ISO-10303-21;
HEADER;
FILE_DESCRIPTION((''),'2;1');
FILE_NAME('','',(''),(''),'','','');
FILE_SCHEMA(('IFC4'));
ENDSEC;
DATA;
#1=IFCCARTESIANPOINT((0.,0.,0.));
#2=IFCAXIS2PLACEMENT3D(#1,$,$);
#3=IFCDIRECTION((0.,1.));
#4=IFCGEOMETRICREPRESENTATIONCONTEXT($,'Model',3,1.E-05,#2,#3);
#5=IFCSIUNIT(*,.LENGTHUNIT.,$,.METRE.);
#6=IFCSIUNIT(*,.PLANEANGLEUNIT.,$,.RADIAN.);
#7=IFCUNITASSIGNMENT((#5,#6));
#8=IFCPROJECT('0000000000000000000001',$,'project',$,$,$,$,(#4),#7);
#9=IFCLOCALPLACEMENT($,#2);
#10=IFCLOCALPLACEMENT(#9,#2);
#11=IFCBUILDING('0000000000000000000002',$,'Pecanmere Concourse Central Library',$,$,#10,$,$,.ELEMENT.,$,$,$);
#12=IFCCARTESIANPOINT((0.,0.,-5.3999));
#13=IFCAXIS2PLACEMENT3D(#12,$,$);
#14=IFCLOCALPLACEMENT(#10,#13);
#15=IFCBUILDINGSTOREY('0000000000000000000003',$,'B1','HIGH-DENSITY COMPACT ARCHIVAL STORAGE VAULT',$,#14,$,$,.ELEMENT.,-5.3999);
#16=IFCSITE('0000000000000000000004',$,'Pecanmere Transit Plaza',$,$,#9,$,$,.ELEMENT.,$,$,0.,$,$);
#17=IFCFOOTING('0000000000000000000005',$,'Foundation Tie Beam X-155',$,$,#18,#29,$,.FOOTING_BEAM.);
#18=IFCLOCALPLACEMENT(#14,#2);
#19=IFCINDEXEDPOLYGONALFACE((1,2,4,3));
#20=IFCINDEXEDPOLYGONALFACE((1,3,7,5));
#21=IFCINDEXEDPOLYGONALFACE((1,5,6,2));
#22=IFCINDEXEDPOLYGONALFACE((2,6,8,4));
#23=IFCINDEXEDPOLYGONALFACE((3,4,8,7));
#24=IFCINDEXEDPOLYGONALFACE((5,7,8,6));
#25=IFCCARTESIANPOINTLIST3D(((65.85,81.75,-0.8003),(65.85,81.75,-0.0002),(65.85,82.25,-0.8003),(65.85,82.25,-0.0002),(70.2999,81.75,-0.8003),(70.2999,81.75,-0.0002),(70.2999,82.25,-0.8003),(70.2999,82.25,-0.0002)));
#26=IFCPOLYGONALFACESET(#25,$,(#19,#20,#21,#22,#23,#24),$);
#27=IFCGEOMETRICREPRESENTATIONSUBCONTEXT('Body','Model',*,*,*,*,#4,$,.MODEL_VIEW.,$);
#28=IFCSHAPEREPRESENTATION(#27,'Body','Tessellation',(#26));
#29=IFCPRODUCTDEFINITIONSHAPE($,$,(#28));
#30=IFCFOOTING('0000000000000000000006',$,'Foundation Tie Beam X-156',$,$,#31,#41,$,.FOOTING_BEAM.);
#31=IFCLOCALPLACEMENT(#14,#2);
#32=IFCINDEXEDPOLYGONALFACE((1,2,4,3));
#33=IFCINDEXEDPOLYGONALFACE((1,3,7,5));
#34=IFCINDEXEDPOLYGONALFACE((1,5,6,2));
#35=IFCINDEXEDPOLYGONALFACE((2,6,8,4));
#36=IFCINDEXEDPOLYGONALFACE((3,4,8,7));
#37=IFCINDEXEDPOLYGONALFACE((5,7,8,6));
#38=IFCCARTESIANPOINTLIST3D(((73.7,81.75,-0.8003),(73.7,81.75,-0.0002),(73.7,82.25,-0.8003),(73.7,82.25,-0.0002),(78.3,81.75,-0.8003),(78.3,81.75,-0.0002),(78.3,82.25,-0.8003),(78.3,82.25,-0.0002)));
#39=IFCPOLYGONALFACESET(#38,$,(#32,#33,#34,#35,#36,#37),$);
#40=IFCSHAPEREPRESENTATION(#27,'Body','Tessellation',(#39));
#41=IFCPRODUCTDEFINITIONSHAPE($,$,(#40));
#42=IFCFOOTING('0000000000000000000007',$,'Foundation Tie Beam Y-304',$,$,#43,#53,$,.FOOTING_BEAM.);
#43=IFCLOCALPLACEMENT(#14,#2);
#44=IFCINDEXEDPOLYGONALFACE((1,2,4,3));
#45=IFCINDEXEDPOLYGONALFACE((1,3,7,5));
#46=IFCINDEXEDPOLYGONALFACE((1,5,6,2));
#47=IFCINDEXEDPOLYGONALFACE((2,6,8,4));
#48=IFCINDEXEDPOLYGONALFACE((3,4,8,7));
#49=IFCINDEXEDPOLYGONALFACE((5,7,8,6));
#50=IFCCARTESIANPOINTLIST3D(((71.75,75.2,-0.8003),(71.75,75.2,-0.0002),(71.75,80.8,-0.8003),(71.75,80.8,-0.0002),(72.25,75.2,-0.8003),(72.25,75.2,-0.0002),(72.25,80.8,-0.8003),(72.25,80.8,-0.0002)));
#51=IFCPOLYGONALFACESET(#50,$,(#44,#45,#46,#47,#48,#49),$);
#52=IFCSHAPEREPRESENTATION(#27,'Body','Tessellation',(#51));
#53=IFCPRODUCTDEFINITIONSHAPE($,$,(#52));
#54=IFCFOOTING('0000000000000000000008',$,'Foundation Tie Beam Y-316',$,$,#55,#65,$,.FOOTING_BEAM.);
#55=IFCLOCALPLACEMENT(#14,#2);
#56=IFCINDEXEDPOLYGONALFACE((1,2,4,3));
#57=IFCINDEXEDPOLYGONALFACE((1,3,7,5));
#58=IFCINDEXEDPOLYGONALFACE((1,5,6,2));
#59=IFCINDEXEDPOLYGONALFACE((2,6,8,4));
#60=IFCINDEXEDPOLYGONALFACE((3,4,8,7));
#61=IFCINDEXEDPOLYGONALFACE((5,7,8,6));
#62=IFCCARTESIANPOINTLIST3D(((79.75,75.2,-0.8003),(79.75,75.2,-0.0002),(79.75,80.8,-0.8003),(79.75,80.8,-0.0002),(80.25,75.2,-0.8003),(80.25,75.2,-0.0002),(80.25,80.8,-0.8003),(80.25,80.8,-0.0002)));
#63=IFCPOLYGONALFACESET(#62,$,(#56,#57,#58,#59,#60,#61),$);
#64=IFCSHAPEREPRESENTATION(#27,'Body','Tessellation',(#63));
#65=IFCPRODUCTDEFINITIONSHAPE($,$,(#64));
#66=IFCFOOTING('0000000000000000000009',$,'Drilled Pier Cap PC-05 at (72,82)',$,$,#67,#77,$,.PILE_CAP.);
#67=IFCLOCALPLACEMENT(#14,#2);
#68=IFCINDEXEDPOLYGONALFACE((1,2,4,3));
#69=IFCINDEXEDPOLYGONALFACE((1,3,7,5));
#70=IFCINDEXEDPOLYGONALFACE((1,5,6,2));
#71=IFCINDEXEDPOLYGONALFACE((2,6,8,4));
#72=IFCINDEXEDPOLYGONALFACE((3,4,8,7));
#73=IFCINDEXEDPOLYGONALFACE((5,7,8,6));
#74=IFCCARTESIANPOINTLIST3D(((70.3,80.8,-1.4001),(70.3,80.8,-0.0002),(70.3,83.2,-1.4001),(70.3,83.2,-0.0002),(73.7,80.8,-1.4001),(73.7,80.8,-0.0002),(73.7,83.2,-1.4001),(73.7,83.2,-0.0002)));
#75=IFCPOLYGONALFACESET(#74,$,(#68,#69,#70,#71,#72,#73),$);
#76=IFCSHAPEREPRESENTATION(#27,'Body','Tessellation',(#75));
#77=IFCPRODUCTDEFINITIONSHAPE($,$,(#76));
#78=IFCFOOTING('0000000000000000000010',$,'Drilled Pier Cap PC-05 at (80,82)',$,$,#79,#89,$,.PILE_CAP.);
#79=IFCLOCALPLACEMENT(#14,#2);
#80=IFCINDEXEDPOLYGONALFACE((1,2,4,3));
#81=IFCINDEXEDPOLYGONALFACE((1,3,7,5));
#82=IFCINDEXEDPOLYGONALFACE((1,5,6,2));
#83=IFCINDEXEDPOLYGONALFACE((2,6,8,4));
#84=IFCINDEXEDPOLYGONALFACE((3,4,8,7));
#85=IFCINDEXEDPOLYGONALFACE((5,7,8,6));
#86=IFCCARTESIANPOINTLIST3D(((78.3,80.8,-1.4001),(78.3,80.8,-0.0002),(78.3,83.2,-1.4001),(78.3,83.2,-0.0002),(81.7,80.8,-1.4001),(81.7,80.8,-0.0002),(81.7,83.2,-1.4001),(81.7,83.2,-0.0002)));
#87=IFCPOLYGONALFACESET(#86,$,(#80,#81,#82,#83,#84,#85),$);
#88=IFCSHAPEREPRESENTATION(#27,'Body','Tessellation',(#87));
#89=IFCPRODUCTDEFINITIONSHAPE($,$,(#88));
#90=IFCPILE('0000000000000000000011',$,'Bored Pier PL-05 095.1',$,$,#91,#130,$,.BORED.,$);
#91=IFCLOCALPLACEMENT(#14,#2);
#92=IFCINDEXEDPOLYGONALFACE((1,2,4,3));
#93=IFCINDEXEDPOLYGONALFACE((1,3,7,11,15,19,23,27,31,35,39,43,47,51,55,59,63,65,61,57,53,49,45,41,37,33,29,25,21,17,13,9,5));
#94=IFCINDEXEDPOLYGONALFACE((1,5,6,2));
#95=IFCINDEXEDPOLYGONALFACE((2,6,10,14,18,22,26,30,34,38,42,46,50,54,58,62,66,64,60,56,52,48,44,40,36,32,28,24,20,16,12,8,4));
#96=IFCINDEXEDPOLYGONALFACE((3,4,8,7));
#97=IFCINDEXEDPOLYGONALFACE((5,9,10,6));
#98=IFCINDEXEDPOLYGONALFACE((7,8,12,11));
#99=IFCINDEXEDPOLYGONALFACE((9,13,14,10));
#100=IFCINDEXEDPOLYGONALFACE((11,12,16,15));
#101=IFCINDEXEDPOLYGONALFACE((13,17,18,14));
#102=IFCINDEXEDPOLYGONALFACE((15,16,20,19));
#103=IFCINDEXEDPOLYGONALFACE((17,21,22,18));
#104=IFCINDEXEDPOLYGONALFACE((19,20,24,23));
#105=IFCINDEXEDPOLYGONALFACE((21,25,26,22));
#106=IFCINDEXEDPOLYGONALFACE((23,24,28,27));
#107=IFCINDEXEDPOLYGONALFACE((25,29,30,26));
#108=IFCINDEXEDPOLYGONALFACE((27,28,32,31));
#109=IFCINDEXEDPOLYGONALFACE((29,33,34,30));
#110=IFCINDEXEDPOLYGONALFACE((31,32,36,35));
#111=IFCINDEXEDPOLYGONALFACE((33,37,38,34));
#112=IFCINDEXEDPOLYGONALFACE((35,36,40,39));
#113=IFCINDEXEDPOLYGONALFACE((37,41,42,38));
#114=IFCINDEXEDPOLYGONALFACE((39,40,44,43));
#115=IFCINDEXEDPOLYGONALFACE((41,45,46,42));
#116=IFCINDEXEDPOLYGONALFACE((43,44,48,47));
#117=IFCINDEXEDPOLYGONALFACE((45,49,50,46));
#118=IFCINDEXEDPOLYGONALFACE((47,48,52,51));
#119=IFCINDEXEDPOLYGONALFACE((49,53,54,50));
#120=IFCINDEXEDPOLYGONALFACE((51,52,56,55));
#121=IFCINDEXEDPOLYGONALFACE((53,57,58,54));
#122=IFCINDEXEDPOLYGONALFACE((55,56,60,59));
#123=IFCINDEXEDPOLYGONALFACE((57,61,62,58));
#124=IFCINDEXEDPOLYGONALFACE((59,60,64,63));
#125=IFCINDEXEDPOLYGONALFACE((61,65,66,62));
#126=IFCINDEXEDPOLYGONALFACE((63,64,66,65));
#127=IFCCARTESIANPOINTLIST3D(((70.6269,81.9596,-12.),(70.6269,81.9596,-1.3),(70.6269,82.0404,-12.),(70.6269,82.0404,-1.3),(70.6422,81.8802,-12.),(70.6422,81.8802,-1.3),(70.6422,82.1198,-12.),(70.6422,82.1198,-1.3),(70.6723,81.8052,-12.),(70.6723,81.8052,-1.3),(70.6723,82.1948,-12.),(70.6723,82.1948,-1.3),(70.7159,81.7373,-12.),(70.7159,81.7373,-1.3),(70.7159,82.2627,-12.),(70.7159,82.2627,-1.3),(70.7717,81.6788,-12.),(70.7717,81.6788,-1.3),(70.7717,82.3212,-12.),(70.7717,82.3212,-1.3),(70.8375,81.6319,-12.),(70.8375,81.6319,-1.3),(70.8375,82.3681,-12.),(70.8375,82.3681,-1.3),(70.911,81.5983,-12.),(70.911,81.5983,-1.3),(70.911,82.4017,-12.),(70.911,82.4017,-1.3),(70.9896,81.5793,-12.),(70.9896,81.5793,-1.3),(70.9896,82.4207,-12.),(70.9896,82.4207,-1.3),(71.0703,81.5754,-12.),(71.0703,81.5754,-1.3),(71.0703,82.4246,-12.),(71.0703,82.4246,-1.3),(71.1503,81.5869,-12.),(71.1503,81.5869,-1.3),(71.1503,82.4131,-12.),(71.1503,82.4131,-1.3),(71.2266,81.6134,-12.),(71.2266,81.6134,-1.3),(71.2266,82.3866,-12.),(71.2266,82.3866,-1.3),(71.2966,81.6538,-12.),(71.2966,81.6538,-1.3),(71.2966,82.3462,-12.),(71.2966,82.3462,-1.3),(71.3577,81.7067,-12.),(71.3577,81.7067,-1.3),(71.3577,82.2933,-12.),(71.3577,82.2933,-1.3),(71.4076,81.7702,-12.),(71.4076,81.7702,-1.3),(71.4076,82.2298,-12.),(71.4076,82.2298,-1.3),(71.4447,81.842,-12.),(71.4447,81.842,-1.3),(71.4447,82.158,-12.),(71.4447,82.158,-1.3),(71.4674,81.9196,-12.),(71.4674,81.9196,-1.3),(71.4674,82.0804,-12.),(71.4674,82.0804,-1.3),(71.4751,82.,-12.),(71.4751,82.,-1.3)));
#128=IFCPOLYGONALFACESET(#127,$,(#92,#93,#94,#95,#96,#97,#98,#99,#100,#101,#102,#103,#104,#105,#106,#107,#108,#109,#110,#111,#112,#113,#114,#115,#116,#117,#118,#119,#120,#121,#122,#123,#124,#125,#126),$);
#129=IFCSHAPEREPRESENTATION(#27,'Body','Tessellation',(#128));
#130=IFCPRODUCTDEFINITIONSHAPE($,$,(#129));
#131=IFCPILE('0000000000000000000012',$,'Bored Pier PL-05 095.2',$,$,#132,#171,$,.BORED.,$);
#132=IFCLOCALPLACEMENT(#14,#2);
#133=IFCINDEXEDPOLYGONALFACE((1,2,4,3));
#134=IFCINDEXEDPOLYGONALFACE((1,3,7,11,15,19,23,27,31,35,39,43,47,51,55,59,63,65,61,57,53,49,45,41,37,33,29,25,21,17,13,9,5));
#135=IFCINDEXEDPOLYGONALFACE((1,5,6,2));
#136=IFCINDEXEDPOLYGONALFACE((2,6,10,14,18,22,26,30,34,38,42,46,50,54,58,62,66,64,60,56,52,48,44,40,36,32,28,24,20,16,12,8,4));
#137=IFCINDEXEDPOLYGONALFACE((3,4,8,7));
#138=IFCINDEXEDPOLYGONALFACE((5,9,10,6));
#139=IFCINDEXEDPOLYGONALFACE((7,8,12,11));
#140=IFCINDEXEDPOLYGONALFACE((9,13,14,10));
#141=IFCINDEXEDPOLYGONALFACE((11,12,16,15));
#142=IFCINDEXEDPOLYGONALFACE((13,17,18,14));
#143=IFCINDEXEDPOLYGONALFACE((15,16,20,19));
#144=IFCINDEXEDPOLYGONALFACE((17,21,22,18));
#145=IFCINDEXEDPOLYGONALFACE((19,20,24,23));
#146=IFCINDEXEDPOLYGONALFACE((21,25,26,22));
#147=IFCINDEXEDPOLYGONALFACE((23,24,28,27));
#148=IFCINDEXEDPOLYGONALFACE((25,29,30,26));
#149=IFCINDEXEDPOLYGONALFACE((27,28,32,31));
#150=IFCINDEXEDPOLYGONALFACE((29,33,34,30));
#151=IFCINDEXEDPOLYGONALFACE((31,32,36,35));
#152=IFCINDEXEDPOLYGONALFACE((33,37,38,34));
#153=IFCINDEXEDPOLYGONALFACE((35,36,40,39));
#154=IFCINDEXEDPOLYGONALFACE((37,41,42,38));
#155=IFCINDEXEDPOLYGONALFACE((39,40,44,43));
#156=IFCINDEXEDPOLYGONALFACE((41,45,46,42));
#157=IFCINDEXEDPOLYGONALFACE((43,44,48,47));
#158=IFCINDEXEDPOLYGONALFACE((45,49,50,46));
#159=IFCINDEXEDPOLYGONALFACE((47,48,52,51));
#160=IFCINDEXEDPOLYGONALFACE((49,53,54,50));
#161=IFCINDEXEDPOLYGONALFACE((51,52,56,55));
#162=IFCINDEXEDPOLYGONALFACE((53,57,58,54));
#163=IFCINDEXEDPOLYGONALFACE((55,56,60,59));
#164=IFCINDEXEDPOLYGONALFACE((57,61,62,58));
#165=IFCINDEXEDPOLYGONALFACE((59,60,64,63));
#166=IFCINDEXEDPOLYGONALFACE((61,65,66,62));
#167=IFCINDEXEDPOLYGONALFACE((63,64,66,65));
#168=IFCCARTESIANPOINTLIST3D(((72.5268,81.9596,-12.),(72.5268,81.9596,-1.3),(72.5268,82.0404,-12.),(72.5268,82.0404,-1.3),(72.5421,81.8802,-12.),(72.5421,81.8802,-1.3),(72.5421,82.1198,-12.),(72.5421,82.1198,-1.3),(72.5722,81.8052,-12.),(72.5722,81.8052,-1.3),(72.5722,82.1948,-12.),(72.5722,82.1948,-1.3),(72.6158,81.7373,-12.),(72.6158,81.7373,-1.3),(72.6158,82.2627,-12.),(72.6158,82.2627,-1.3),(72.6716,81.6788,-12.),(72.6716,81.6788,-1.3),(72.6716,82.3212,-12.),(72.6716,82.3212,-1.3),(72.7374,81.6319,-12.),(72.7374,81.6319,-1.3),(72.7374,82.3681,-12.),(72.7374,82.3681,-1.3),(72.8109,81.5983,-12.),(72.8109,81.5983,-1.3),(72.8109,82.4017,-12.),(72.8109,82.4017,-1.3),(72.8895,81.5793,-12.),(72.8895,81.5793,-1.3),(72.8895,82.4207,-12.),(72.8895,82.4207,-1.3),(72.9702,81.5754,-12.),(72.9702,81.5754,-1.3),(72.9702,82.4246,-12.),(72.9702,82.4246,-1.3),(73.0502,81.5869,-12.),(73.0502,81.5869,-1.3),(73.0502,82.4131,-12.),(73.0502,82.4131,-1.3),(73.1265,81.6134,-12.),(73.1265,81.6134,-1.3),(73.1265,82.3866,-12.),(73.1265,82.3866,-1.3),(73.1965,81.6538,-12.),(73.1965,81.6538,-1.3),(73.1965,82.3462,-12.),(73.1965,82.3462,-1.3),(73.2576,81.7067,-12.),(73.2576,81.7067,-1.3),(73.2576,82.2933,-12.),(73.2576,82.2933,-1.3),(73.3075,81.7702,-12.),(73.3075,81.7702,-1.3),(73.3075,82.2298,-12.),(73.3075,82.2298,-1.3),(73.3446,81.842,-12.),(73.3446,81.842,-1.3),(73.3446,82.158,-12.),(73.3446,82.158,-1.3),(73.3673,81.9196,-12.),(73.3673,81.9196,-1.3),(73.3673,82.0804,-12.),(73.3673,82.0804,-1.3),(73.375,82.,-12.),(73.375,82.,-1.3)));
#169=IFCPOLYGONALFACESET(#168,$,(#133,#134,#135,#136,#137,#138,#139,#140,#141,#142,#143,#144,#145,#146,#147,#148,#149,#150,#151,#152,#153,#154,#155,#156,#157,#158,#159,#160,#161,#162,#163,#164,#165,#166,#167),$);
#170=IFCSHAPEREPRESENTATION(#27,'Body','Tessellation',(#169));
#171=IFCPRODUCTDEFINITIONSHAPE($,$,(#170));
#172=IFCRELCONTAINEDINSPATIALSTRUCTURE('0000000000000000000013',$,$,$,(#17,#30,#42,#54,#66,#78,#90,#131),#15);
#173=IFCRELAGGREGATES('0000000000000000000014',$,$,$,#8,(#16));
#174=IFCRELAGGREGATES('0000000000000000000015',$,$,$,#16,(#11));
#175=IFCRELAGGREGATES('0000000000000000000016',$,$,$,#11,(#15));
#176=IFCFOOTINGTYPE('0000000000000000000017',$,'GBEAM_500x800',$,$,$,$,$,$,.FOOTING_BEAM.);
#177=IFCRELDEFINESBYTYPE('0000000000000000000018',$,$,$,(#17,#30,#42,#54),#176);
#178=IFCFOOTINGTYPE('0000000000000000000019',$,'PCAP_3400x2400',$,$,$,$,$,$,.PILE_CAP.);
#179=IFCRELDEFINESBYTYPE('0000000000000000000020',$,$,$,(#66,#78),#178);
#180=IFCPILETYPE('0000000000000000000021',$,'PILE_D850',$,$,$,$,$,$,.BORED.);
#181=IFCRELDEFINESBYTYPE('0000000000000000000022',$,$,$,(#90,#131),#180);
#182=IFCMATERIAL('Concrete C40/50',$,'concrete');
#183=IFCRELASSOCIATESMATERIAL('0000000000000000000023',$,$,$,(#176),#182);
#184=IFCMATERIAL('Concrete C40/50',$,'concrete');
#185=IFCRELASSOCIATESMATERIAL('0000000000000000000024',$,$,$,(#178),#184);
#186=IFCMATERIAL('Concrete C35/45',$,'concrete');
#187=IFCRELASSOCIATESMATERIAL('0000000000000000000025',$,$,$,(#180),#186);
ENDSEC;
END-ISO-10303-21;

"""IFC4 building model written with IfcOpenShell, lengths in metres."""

from ifc_helpers import new_model, si_unit, direction, frame, origin, origin_2d, place, context, subcontext, project, spatial, rectangle, circle, extrude, material, material_profile, profile_set, type_object, element, save


model = new_model("IFC4")

# Units and contexts
model_context = context("Model", 3, precision=1e-05, world=origin(), true_north=direction((0.0, 1.0)))
body_context = subcontext(model_context, "Body", "Model", "MODEL_VIEW")
ifc_project = project(units=[si_unit("LENGTHUNIT", "METRE"), si_unit("PLANEANGLEUNIT", "RADIAN")], contexts=[model_context])

# Site, building, storey
site_placement = place(None, origin())
site = spatial("IfcSite", under=ifc_project, at=site_placement, Name="Pecanmere Transit Plaza", CompositionType="ELEMENT", RefElevation=0.0)
building_placement = place(site_placement, origin())
building = spatial("IfcBuilding", under=site, at=building_placement, Name="Pecanmere Concourse Central Library", CompositionType="ELEMENT")
storey_placement = place(building_placement, frame((0.0, 0.0, -5.3999)))
storey = spatial("IfcBuildingStorey", under=building, at=storey_placement, Name="B1", Description="HIGH-DENSITY COMPACT ARCHIVAL STORAGE VAULT", CompositionType="ELEMENT", Elevation=-5.3999)

# Footings
ifc_material_1 = material(Name="Concrete C40/50", Category="concrete")
ifc_material_profile_1 = material_profile(ifc_material_1, rectangle(XDim=0.5, YDim=0.8, at=origin_2d()), Name="RC 500x800")
ifc_profile_set_1 = profile_set([ifc_material_profile_1], Name="Concrete C40/50")
footing_type_1 = type_object("IfcFootingType", Name="GBEAM_500x800", PredefinedType="FOOTING_BEAM", material=ifc_profile_set_1)
footing_1_placement = place(storey_placement, frame((68.075, 82.0, -0.8003), z_axis=(0.0, 0.0, 1.0), x_axis=(1.0, 0.0, 0.0)))
element("IfcFooting", 1, at=footing_1_placement, inside=storey, type_object=footing_type_1, Name="Foundation Tie Beam X-155", PredefinedType="FOOTING_BEAM", context=body_context, shape_type="SweptSolid", body=[
    extrude(rectangle(XDim=4.45, YDim=0.5, at=origin_2d()), origin(), (0.0, 0.0, 1.0), 0.8),
])
footing_2_placement = place(storey_placement, frame((76.0, 82.0, -0.8003), z_axis=(0.0, 0.0, 1.0), x_axis=(1.0, 0.0, 0.0)))
element("IfcFooting", 2, at=footing_2_placement, inside=storey, type_object=footing_type_1, Name="Foundation Tie Beam X-156", PredefinedType="FOOTING_BEAM", context=body_context, shape_type="SweptSolid", body=[
    extrude(rectangle(XDim=4.6001, YDim=0.5, at=origin_2d()), origin(), (0.0, 0.0, 1.0), 0.8),
])
for number, where, z_axis, x_axis, name in (
    (3, (72.0, 78.0, -0.8003), (0.0, 0.0, 1.0), (0.0, 1.0, 0.0), "Foundation Tie Beam Y-304"),
    (4, (80.0, 78.0, -0.8003), (0.0, 0.0, 1.0), (0.0, 1.0, 0.0), "Foundation Tie Beam Y-316"),
):
    element("IfcFooting", number, at=place(storey_placement, frame(where, z_axis=z_axis, x_axis=x_axis)), inside=storey, type_object=footing_type_1, Name=name, PredefinedType="FOOTING_BEAM", context=body_context, shape_type="SweptSolid", body=[
        extrude(rectangle(XDim=5.6001, YDim=0.5, at=origin_2d()), origin(), (0.0, 0.0, 1.0), 0.8),
    ])
ifc_material_2 = material(Name="Concrete C40/50", Category="concrete")
footing_type_2 = type_object("IfcFootingType", Name="PCAP_3400x2400", PredefinedType="PILE_CAP", material=ifc_material_2)
for number, where, z_axis, x_axis, name in (
    (5, (72.0, 82.0, -1.4001), (0.0, 0.0, 1.0), (1.0, 0.0, 0.0), "Drilled Pier Cap PC-05 at (72,82)"),
    (6, (80.0, 82.0, -1.4001), (0.0, 0.0, 1.0), (1.0, 0.0, 0.0), "Drilled Pier Cap PC-05 at (80,82)"),
):
    element("IfcFooting", number, at=place(storey_placement, frame(where, z_axis=z_axis, x_axis=x_axis)), inside=storey, type_object=footing_type_2, Name=name, PredefinedType="PILE_CAP", context=body_context, shape_type="SweptSolid", body=[
        extrude(rectangle(XDim=3.3999, YDim=2.3999, at=origin_2d()), origin(), (0.0, 0.0, 1.0), 1.3999),
    ])

# Piles
ifc_material_3 = material(Name="Concrete C35/45", Category="concrete")
ifc_material_profile_2 = material_profile(ifc_material_3, circle(Radius=0.425, at=origin_2d()), Name="PIER D850")
ifc_profile_set_2 = profile_set([ifc_material_profile_2], Name="Concrete C35/45")
pile_type_1 = type_object("IfcPileType", Name="PILE_D850", PredefinedType="BORED", material=ifc_profile_set_2)
for number, where, z_axis, x_axis, name in (
    (7, (71.05, 82.0, -1.3), (0.0, 0.0, -1.0), (1.0, 0.0, 0.0), "Bored Pier PL-05 095.1"),
    (8, (72.95, 82.0, -1.3), (0.0, 0.0, -1.0), (1.0, 0.0, 0.0), "Bored Pier PL-05 095.2"),
):
    element("IfcPile", number, at=place(storey_placement, frame(where, z_axis=z_axis, x_axis=x_axis)), inside=storey, type_object=pile_type_1, Name=name, PredefinedType="BORED", context=body_context, shape_type="SweptSolid", body=[
        extrude(circle(Radius=0.425, at=origin_2d()), origin(), (0.0, 0.0, 1.0), 10.7),
    ])

save(model, "model.ifc")
